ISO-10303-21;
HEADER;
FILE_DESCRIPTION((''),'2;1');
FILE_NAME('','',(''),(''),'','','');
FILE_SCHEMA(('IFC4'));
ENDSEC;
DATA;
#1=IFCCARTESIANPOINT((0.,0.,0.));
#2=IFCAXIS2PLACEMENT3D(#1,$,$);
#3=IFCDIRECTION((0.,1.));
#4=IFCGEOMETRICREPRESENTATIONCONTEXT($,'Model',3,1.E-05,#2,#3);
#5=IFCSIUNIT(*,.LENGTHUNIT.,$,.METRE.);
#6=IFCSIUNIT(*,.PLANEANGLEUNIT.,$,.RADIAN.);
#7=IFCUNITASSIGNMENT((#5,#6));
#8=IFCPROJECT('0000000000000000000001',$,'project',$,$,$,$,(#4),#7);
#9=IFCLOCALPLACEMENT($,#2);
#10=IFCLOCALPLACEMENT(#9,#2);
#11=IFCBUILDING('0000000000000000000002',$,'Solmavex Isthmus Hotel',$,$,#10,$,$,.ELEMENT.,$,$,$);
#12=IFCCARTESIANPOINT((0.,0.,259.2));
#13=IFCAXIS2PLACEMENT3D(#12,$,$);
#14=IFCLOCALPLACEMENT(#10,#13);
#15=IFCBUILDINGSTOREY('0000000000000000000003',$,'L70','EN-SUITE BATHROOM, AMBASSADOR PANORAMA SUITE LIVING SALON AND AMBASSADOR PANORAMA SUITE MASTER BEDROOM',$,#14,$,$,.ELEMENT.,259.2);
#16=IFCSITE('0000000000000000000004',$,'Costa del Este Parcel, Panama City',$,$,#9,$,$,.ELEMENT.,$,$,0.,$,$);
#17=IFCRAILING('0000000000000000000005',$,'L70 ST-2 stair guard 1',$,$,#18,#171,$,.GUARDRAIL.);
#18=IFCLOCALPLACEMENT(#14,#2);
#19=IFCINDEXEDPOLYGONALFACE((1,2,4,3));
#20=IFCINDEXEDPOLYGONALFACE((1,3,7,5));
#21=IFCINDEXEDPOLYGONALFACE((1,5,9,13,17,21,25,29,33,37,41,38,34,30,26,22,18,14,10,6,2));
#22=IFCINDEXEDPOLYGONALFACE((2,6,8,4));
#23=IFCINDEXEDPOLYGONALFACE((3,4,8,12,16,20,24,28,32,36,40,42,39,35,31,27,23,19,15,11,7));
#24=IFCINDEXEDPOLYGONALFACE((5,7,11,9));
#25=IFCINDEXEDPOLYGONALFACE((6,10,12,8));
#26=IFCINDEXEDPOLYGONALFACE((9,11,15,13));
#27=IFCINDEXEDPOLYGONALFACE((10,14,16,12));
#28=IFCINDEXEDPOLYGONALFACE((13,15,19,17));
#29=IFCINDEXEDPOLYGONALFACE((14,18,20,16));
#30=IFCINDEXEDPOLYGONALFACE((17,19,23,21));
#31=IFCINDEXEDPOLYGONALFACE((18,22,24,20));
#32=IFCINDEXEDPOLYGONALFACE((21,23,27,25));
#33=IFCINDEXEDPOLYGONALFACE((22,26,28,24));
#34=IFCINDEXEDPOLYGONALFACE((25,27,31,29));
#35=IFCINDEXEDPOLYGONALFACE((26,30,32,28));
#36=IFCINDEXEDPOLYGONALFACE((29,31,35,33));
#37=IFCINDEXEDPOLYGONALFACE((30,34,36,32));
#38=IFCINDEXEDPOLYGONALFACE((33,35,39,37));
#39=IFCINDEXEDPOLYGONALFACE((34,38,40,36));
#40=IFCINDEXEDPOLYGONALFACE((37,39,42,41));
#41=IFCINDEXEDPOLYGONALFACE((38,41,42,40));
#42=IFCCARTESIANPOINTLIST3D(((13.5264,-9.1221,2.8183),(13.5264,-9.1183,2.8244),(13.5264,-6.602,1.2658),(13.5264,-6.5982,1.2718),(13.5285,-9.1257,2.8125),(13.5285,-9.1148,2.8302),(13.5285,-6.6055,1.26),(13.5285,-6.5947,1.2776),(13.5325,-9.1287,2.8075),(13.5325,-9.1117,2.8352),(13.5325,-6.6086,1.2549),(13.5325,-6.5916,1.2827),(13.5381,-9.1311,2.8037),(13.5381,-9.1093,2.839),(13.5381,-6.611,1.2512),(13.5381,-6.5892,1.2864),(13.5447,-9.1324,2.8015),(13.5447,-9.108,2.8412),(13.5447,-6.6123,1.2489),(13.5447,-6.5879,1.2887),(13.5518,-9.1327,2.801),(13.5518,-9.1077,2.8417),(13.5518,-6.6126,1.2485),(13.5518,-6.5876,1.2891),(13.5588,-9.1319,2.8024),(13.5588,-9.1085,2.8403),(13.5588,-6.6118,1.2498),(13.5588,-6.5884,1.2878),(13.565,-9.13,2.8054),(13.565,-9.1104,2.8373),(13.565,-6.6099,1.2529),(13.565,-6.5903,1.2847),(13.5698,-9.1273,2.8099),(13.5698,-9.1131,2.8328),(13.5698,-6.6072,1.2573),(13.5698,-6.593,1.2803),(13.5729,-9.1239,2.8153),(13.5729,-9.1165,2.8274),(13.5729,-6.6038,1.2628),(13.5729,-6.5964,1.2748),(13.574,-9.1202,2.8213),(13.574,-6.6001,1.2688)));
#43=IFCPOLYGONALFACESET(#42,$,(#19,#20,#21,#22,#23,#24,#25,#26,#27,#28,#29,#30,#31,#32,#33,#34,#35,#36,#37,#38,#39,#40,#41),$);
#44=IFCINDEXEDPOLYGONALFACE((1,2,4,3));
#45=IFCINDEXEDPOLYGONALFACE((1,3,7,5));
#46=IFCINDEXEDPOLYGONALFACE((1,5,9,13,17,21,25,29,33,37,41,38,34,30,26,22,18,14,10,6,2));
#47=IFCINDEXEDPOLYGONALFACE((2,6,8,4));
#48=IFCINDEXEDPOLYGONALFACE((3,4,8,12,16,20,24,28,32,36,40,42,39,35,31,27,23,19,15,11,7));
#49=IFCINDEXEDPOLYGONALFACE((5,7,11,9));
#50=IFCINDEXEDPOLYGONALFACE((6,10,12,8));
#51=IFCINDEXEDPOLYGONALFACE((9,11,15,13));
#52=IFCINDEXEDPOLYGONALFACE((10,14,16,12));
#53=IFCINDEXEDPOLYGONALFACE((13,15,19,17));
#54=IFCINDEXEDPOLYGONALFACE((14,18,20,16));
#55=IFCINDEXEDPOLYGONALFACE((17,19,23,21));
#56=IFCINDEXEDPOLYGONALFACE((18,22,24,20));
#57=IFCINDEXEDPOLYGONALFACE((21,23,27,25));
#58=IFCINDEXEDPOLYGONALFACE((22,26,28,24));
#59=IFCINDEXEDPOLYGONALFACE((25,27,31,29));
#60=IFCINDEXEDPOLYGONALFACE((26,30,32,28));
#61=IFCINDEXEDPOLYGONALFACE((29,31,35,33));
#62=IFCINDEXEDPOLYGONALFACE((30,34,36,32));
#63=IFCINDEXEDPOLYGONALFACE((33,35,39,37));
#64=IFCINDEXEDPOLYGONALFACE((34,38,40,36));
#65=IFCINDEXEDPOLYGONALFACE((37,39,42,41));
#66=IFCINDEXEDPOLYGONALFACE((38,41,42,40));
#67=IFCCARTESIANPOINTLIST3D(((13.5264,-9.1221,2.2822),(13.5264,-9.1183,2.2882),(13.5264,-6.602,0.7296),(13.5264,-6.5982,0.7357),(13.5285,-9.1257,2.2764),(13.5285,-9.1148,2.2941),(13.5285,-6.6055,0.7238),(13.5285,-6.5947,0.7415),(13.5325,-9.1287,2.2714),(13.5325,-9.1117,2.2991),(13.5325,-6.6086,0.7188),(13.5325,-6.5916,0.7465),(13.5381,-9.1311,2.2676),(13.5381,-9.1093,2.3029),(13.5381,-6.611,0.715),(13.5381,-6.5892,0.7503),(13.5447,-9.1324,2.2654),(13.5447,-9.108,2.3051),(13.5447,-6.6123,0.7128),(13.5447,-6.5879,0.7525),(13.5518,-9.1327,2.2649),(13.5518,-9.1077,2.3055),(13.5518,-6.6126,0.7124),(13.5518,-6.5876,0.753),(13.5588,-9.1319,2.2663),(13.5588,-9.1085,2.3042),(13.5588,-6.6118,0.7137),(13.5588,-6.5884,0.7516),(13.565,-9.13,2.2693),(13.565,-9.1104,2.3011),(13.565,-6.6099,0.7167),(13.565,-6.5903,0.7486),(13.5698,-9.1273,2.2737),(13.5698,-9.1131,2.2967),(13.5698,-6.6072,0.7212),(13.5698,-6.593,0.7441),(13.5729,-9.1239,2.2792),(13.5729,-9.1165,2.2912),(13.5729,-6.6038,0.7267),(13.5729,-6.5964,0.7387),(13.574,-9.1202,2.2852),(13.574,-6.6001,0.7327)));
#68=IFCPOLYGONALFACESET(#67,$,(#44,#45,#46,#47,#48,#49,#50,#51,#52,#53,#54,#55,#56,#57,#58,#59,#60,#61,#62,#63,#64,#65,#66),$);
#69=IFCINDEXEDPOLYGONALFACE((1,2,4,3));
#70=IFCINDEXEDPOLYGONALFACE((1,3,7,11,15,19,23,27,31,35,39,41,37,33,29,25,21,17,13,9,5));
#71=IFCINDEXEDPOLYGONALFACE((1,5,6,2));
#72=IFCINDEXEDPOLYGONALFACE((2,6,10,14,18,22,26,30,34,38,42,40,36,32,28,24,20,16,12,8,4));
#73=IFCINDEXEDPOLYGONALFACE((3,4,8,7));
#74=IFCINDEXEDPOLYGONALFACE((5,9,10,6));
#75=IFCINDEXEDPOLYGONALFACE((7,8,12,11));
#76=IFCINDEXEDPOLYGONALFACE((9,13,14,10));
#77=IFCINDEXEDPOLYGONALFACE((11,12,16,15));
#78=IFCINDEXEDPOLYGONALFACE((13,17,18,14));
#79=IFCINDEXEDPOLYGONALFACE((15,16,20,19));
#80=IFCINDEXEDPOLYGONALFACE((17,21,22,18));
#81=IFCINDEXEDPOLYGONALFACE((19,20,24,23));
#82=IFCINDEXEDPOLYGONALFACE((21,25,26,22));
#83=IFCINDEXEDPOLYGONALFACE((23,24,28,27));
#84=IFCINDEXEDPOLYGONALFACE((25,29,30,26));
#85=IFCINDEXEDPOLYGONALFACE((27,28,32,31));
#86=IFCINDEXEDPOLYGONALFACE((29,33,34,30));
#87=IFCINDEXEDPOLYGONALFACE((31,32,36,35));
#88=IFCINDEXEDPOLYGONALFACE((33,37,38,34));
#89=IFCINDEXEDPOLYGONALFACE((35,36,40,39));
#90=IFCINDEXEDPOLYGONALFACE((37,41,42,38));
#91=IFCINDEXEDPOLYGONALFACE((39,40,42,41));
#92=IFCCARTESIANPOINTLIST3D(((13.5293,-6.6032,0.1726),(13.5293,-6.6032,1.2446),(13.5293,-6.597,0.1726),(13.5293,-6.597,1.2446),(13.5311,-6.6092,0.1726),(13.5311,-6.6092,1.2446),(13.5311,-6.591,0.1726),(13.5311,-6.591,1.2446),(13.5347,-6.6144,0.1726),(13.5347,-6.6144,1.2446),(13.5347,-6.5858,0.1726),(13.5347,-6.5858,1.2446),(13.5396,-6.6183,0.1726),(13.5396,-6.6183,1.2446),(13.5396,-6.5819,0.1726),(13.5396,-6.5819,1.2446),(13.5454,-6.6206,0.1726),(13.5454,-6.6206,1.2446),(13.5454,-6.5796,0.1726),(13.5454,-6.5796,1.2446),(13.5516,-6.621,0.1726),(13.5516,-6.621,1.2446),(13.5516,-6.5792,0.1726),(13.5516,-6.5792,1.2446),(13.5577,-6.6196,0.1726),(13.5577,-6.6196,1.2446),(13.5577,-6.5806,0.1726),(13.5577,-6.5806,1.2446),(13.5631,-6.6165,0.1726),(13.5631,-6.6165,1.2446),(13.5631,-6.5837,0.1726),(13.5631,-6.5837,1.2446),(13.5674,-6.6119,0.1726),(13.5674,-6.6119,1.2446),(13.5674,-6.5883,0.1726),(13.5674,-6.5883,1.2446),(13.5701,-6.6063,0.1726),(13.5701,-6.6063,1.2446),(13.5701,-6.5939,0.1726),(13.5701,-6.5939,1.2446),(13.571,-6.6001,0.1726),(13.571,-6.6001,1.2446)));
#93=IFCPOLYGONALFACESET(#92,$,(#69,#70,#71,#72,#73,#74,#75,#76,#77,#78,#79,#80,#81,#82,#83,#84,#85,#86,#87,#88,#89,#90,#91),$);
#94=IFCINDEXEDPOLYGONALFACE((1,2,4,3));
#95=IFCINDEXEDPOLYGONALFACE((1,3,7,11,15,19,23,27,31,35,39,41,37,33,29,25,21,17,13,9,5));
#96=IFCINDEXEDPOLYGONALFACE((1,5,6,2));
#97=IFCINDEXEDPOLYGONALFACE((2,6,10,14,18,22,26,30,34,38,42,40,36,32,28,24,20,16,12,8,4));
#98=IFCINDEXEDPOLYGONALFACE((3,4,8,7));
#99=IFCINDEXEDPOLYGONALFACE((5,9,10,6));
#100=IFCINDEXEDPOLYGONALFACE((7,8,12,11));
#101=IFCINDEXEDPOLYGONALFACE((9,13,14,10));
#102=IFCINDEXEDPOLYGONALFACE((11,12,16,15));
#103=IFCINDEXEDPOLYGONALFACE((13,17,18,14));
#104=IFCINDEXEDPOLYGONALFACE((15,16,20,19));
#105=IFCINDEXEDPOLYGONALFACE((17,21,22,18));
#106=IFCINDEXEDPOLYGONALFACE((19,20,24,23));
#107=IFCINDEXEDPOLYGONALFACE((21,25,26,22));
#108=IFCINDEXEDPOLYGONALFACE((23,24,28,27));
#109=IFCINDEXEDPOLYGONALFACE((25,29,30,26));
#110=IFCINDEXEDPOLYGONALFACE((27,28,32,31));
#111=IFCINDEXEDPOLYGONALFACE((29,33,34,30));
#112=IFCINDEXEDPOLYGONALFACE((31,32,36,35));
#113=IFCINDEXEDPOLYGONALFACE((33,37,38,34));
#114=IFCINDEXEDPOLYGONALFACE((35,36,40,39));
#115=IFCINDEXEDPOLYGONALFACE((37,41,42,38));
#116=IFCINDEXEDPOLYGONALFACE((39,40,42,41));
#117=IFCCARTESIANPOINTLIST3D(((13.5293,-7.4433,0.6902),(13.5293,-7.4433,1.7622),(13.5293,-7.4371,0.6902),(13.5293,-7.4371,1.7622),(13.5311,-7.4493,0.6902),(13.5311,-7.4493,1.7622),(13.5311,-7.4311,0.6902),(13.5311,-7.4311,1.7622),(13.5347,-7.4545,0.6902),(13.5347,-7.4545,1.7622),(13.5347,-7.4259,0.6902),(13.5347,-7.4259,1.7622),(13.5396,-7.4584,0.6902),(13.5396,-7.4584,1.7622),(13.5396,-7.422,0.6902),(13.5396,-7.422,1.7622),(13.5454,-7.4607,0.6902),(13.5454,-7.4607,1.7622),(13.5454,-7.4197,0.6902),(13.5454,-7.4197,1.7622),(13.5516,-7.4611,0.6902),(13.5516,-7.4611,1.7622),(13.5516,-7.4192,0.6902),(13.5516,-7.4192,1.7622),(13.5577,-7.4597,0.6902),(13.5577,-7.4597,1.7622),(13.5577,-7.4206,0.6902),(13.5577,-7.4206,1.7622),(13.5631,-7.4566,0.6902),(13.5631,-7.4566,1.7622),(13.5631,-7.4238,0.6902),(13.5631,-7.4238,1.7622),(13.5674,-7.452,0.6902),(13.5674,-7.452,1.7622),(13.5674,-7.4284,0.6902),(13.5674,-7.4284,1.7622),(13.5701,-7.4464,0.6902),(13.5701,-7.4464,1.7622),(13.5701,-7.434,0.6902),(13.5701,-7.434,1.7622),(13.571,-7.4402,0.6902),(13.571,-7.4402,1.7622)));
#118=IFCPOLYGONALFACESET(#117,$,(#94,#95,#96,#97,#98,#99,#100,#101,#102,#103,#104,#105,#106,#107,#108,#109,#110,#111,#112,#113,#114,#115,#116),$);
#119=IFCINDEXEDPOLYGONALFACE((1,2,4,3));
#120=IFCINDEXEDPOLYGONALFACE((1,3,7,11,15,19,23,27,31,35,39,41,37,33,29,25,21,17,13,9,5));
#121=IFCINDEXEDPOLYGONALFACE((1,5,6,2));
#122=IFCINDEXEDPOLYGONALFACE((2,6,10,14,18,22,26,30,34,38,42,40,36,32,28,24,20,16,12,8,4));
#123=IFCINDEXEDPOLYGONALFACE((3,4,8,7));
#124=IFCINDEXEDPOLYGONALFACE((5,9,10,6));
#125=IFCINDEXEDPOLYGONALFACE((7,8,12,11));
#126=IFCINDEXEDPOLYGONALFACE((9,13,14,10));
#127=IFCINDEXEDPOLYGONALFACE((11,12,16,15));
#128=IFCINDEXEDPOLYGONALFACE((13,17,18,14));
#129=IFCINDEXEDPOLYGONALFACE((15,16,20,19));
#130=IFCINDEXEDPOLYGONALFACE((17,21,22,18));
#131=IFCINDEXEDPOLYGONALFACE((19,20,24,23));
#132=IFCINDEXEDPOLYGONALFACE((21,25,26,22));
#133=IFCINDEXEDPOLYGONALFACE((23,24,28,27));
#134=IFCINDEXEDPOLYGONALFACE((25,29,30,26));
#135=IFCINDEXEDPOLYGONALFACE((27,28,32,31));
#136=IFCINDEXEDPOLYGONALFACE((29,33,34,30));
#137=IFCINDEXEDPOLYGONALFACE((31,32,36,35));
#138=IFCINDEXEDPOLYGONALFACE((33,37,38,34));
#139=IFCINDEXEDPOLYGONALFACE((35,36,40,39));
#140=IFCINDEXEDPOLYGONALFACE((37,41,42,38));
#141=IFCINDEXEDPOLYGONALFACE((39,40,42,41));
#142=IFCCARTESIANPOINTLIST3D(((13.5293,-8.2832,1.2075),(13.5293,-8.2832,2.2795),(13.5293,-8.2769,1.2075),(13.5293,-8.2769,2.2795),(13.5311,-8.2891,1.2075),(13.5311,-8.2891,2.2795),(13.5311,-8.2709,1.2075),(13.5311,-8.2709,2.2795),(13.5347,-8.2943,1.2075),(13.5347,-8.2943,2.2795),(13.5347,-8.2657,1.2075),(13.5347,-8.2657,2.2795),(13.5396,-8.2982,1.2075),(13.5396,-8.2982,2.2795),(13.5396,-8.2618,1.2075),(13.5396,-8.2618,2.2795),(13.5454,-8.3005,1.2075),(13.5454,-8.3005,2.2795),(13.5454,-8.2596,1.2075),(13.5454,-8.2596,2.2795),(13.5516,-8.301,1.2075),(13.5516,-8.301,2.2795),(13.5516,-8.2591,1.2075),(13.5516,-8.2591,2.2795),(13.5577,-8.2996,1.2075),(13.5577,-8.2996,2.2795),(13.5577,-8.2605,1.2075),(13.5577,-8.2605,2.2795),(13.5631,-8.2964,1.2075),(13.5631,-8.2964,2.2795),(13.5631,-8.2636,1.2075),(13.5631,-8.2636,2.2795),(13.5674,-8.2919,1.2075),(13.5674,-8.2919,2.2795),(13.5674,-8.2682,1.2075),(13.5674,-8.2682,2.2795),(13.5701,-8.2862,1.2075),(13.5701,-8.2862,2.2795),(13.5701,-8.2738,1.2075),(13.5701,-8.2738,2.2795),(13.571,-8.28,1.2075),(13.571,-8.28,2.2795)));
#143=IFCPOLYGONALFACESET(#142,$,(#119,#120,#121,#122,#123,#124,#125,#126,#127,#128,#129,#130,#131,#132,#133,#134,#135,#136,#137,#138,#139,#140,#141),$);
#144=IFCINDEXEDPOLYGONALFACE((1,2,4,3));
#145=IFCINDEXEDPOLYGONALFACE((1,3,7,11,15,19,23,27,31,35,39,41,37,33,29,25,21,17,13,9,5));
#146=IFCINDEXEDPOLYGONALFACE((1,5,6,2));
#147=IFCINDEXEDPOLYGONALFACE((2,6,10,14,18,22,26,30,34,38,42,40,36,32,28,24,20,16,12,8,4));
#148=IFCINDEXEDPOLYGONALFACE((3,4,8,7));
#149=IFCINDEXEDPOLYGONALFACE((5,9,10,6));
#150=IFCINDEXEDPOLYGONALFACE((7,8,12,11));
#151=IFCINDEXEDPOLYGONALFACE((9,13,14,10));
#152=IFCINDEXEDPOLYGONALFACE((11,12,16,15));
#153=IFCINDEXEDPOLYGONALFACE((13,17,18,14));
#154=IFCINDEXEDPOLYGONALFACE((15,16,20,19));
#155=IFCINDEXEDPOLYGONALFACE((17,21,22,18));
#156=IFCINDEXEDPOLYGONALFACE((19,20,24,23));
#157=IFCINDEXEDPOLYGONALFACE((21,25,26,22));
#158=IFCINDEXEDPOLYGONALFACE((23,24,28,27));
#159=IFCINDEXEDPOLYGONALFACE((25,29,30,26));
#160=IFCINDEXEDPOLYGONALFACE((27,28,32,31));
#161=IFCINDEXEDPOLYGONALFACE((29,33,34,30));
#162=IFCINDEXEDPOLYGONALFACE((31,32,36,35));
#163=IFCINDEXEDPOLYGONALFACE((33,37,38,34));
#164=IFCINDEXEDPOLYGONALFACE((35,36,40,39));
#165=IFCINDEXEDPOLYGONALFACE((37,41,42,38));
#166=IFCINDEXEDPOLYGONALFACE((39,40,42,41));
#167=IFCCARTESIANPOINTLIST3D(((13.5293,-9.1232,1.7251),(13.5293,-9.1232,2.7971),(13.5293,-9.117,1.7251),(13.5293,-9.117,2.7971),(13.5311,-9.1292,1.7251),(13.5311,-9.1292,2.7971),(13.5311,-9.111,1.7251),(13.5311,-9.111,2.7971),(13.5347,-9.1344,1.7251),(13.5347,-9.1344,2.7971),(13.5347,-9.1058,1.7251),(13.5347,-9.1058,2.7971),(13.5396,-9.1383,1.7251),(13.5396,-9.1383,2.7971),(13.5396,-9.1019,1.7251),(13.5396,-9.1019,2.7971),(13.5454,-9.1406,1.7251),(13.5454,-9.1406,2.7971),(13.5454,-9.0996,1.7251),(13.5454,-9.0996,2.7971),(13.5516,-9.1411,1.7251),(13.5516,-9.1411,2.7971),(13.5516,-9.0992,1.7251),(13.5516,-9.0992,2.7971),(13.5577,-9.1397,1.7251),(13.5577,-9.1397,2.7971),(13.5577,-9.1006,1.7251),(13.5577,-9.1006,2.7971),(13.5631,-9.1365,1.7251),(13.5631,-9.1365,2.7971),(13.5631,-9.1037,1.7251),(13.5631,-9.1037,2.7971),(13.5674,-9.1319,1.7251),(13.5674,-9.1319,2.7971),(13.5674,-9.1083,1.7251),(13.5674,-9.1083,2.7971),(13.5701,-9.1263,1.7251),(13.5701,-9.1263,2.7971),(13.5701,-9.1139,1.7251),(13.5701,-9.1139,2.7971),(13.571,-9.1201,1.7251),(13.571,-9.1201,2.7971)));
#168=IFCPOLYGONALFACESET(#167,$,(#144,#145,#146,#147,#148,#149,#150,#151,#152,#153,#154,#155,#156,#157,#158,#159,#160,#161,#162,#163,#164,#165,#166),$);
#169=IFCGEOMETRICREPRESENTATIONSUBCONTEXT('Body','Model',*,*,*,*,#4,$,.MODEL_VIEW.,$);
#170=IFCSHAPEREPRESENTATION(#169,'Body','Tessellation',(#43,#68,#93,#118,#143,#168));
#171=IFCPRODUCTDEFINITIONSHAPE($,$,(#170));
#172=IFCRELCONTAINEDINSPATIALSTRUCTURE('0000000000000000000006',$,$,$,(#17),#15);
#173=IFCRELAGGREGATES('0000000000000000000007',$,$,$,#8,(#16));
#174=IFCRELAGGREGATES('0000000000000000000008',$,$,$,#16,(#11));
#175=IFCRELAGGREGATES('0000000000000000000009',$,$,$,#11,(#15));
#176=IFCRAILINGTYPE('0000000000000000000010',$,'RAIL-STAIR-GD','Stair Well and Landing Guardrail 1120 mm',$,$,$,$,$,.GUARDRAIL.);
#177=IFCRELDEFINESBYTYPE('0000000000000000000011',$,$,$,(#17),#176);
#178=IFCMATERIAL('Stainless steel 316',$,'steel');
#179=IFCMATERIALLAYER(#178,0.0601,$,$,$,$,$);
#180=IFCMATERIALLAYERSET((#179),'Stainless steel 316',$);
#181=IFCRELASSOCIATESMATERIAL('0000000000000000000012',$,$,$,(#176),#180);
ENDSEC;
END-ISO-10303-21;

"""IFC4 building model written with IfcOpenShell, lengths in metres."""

from ifc_helpers import new_model, si_unit, direction, frame, origin, origin_2d, place, context, subcontext, project, spatial, circle, extrude, material, layer, layer_set, type_object, element, save


model = new_model("IFC4")

# Units and contexts
model_context = context("Model", 3, precision=1e-05, world=origin(), true_north=direction((0.0, 1.0)))
body_context = subcontext(model_context, "Body", "Model", "MODEL_VIEW")
ifc_project = project(units=[si_unit("LENGTHUNIT", "METRE"), si_unit("PLANEANGLEUNIT", "RADIAN")], contexts=[model_context])

# Site, building, storey
site_placement = place(None, origin())
site = spatial("IfcSite", under=ifc_project, at=site_placement, Name="Costa del Este Parcel, Panama City", CompositionType="ELEMENT", RefElevation=0.0)
building_placement = place(site_placement, origin())
building = spatial("IfcBuilding", under=site, at=building_placement, Name="Solmavex Isthmus Hotel", CompositionType="ELEMENT")
storey_placement = place(building_placement, frame((0.0, 0.0, 259.2)))
storey = spatial("IfcBuildingStorey", under=building, at=storey_placement, Name="L70", Description="EN-SUITE BATHROOM, AMBASSADOR PANORAMA SUITE LIVING SALON AND AMBASSADOR PANORAMA SUITE MASTER BEDROOM", CompositionType="ELEMENT", Elevation=259.2)

# Railing
ifc_material_1 = material(Name="Stainless steel 316", Category="steel")
ifc_layer_1 = layer(ifc_material_1, 0.0601)
ifc_layer_set_1 = layer_set([ifc_layer_1], Name="Stainless steel 316")
railing_type_1 = type_object("IfcRailingType", Name="RAIL-STAIR-GD", Description="Stair Well and Landing Guardrail 1120 mm", PredefinedType="GUARDRAIL", material=ifc_layer_set_1)
railing_1_placement = place(storey_placement, frame((13.55, -6.6001, 0.1726)))
element("IfcRailing", 1, at=railing_1_placement, inside=storey, type_object=railing_type_1, Name="L70 ST-2 stair guard 1", PredefinedType="GUARDRAIL", context=body_context, shape_type="SweptSolid", body=[
    extrude(circle(Radius=0.0239, at=origin_2d()), frame((0.0, 0.0, 1.0962), z_axis=(0.0, -0.8514, 0.524516), x_axis=(1.0, 0.0, 0.0)), (0.0, 0.0, 1.0), 2.96),
    extrude(circle(Radius=0.0239, at=origin_2d()), frame((0.0, 0.0, 0.5601), z_axis=(0.0, -0.8514, 0.524516), x_axis=(1.0, 0.0, 0.0)), (0.0, 0.0, 1.0), 2.96),
    extrude(circle(Radius=0.021, at=origin_2d()), origin(), (0.0, 0.0, 1.0), 1.072),
    extrude(circle(Radius=0.021, at=origin_2d()), frame((0.0, -0.8401, 0.5176)), (0.0, 0.0, 1.0), 1.072),
    extrude(circle(Radius=0.021, at=origin_2d()), frame((0.0, -1.6799, 1.0349)), (0.0, 0.0, 1.0), 1.072),
    extrude(circle(Radius=0.021, at=origin_2d()), frame((0.0, -2.52, 1.5525)), (0.0, 0.0, 1.0), 1.072),
])

save(model, "model.ifc")
